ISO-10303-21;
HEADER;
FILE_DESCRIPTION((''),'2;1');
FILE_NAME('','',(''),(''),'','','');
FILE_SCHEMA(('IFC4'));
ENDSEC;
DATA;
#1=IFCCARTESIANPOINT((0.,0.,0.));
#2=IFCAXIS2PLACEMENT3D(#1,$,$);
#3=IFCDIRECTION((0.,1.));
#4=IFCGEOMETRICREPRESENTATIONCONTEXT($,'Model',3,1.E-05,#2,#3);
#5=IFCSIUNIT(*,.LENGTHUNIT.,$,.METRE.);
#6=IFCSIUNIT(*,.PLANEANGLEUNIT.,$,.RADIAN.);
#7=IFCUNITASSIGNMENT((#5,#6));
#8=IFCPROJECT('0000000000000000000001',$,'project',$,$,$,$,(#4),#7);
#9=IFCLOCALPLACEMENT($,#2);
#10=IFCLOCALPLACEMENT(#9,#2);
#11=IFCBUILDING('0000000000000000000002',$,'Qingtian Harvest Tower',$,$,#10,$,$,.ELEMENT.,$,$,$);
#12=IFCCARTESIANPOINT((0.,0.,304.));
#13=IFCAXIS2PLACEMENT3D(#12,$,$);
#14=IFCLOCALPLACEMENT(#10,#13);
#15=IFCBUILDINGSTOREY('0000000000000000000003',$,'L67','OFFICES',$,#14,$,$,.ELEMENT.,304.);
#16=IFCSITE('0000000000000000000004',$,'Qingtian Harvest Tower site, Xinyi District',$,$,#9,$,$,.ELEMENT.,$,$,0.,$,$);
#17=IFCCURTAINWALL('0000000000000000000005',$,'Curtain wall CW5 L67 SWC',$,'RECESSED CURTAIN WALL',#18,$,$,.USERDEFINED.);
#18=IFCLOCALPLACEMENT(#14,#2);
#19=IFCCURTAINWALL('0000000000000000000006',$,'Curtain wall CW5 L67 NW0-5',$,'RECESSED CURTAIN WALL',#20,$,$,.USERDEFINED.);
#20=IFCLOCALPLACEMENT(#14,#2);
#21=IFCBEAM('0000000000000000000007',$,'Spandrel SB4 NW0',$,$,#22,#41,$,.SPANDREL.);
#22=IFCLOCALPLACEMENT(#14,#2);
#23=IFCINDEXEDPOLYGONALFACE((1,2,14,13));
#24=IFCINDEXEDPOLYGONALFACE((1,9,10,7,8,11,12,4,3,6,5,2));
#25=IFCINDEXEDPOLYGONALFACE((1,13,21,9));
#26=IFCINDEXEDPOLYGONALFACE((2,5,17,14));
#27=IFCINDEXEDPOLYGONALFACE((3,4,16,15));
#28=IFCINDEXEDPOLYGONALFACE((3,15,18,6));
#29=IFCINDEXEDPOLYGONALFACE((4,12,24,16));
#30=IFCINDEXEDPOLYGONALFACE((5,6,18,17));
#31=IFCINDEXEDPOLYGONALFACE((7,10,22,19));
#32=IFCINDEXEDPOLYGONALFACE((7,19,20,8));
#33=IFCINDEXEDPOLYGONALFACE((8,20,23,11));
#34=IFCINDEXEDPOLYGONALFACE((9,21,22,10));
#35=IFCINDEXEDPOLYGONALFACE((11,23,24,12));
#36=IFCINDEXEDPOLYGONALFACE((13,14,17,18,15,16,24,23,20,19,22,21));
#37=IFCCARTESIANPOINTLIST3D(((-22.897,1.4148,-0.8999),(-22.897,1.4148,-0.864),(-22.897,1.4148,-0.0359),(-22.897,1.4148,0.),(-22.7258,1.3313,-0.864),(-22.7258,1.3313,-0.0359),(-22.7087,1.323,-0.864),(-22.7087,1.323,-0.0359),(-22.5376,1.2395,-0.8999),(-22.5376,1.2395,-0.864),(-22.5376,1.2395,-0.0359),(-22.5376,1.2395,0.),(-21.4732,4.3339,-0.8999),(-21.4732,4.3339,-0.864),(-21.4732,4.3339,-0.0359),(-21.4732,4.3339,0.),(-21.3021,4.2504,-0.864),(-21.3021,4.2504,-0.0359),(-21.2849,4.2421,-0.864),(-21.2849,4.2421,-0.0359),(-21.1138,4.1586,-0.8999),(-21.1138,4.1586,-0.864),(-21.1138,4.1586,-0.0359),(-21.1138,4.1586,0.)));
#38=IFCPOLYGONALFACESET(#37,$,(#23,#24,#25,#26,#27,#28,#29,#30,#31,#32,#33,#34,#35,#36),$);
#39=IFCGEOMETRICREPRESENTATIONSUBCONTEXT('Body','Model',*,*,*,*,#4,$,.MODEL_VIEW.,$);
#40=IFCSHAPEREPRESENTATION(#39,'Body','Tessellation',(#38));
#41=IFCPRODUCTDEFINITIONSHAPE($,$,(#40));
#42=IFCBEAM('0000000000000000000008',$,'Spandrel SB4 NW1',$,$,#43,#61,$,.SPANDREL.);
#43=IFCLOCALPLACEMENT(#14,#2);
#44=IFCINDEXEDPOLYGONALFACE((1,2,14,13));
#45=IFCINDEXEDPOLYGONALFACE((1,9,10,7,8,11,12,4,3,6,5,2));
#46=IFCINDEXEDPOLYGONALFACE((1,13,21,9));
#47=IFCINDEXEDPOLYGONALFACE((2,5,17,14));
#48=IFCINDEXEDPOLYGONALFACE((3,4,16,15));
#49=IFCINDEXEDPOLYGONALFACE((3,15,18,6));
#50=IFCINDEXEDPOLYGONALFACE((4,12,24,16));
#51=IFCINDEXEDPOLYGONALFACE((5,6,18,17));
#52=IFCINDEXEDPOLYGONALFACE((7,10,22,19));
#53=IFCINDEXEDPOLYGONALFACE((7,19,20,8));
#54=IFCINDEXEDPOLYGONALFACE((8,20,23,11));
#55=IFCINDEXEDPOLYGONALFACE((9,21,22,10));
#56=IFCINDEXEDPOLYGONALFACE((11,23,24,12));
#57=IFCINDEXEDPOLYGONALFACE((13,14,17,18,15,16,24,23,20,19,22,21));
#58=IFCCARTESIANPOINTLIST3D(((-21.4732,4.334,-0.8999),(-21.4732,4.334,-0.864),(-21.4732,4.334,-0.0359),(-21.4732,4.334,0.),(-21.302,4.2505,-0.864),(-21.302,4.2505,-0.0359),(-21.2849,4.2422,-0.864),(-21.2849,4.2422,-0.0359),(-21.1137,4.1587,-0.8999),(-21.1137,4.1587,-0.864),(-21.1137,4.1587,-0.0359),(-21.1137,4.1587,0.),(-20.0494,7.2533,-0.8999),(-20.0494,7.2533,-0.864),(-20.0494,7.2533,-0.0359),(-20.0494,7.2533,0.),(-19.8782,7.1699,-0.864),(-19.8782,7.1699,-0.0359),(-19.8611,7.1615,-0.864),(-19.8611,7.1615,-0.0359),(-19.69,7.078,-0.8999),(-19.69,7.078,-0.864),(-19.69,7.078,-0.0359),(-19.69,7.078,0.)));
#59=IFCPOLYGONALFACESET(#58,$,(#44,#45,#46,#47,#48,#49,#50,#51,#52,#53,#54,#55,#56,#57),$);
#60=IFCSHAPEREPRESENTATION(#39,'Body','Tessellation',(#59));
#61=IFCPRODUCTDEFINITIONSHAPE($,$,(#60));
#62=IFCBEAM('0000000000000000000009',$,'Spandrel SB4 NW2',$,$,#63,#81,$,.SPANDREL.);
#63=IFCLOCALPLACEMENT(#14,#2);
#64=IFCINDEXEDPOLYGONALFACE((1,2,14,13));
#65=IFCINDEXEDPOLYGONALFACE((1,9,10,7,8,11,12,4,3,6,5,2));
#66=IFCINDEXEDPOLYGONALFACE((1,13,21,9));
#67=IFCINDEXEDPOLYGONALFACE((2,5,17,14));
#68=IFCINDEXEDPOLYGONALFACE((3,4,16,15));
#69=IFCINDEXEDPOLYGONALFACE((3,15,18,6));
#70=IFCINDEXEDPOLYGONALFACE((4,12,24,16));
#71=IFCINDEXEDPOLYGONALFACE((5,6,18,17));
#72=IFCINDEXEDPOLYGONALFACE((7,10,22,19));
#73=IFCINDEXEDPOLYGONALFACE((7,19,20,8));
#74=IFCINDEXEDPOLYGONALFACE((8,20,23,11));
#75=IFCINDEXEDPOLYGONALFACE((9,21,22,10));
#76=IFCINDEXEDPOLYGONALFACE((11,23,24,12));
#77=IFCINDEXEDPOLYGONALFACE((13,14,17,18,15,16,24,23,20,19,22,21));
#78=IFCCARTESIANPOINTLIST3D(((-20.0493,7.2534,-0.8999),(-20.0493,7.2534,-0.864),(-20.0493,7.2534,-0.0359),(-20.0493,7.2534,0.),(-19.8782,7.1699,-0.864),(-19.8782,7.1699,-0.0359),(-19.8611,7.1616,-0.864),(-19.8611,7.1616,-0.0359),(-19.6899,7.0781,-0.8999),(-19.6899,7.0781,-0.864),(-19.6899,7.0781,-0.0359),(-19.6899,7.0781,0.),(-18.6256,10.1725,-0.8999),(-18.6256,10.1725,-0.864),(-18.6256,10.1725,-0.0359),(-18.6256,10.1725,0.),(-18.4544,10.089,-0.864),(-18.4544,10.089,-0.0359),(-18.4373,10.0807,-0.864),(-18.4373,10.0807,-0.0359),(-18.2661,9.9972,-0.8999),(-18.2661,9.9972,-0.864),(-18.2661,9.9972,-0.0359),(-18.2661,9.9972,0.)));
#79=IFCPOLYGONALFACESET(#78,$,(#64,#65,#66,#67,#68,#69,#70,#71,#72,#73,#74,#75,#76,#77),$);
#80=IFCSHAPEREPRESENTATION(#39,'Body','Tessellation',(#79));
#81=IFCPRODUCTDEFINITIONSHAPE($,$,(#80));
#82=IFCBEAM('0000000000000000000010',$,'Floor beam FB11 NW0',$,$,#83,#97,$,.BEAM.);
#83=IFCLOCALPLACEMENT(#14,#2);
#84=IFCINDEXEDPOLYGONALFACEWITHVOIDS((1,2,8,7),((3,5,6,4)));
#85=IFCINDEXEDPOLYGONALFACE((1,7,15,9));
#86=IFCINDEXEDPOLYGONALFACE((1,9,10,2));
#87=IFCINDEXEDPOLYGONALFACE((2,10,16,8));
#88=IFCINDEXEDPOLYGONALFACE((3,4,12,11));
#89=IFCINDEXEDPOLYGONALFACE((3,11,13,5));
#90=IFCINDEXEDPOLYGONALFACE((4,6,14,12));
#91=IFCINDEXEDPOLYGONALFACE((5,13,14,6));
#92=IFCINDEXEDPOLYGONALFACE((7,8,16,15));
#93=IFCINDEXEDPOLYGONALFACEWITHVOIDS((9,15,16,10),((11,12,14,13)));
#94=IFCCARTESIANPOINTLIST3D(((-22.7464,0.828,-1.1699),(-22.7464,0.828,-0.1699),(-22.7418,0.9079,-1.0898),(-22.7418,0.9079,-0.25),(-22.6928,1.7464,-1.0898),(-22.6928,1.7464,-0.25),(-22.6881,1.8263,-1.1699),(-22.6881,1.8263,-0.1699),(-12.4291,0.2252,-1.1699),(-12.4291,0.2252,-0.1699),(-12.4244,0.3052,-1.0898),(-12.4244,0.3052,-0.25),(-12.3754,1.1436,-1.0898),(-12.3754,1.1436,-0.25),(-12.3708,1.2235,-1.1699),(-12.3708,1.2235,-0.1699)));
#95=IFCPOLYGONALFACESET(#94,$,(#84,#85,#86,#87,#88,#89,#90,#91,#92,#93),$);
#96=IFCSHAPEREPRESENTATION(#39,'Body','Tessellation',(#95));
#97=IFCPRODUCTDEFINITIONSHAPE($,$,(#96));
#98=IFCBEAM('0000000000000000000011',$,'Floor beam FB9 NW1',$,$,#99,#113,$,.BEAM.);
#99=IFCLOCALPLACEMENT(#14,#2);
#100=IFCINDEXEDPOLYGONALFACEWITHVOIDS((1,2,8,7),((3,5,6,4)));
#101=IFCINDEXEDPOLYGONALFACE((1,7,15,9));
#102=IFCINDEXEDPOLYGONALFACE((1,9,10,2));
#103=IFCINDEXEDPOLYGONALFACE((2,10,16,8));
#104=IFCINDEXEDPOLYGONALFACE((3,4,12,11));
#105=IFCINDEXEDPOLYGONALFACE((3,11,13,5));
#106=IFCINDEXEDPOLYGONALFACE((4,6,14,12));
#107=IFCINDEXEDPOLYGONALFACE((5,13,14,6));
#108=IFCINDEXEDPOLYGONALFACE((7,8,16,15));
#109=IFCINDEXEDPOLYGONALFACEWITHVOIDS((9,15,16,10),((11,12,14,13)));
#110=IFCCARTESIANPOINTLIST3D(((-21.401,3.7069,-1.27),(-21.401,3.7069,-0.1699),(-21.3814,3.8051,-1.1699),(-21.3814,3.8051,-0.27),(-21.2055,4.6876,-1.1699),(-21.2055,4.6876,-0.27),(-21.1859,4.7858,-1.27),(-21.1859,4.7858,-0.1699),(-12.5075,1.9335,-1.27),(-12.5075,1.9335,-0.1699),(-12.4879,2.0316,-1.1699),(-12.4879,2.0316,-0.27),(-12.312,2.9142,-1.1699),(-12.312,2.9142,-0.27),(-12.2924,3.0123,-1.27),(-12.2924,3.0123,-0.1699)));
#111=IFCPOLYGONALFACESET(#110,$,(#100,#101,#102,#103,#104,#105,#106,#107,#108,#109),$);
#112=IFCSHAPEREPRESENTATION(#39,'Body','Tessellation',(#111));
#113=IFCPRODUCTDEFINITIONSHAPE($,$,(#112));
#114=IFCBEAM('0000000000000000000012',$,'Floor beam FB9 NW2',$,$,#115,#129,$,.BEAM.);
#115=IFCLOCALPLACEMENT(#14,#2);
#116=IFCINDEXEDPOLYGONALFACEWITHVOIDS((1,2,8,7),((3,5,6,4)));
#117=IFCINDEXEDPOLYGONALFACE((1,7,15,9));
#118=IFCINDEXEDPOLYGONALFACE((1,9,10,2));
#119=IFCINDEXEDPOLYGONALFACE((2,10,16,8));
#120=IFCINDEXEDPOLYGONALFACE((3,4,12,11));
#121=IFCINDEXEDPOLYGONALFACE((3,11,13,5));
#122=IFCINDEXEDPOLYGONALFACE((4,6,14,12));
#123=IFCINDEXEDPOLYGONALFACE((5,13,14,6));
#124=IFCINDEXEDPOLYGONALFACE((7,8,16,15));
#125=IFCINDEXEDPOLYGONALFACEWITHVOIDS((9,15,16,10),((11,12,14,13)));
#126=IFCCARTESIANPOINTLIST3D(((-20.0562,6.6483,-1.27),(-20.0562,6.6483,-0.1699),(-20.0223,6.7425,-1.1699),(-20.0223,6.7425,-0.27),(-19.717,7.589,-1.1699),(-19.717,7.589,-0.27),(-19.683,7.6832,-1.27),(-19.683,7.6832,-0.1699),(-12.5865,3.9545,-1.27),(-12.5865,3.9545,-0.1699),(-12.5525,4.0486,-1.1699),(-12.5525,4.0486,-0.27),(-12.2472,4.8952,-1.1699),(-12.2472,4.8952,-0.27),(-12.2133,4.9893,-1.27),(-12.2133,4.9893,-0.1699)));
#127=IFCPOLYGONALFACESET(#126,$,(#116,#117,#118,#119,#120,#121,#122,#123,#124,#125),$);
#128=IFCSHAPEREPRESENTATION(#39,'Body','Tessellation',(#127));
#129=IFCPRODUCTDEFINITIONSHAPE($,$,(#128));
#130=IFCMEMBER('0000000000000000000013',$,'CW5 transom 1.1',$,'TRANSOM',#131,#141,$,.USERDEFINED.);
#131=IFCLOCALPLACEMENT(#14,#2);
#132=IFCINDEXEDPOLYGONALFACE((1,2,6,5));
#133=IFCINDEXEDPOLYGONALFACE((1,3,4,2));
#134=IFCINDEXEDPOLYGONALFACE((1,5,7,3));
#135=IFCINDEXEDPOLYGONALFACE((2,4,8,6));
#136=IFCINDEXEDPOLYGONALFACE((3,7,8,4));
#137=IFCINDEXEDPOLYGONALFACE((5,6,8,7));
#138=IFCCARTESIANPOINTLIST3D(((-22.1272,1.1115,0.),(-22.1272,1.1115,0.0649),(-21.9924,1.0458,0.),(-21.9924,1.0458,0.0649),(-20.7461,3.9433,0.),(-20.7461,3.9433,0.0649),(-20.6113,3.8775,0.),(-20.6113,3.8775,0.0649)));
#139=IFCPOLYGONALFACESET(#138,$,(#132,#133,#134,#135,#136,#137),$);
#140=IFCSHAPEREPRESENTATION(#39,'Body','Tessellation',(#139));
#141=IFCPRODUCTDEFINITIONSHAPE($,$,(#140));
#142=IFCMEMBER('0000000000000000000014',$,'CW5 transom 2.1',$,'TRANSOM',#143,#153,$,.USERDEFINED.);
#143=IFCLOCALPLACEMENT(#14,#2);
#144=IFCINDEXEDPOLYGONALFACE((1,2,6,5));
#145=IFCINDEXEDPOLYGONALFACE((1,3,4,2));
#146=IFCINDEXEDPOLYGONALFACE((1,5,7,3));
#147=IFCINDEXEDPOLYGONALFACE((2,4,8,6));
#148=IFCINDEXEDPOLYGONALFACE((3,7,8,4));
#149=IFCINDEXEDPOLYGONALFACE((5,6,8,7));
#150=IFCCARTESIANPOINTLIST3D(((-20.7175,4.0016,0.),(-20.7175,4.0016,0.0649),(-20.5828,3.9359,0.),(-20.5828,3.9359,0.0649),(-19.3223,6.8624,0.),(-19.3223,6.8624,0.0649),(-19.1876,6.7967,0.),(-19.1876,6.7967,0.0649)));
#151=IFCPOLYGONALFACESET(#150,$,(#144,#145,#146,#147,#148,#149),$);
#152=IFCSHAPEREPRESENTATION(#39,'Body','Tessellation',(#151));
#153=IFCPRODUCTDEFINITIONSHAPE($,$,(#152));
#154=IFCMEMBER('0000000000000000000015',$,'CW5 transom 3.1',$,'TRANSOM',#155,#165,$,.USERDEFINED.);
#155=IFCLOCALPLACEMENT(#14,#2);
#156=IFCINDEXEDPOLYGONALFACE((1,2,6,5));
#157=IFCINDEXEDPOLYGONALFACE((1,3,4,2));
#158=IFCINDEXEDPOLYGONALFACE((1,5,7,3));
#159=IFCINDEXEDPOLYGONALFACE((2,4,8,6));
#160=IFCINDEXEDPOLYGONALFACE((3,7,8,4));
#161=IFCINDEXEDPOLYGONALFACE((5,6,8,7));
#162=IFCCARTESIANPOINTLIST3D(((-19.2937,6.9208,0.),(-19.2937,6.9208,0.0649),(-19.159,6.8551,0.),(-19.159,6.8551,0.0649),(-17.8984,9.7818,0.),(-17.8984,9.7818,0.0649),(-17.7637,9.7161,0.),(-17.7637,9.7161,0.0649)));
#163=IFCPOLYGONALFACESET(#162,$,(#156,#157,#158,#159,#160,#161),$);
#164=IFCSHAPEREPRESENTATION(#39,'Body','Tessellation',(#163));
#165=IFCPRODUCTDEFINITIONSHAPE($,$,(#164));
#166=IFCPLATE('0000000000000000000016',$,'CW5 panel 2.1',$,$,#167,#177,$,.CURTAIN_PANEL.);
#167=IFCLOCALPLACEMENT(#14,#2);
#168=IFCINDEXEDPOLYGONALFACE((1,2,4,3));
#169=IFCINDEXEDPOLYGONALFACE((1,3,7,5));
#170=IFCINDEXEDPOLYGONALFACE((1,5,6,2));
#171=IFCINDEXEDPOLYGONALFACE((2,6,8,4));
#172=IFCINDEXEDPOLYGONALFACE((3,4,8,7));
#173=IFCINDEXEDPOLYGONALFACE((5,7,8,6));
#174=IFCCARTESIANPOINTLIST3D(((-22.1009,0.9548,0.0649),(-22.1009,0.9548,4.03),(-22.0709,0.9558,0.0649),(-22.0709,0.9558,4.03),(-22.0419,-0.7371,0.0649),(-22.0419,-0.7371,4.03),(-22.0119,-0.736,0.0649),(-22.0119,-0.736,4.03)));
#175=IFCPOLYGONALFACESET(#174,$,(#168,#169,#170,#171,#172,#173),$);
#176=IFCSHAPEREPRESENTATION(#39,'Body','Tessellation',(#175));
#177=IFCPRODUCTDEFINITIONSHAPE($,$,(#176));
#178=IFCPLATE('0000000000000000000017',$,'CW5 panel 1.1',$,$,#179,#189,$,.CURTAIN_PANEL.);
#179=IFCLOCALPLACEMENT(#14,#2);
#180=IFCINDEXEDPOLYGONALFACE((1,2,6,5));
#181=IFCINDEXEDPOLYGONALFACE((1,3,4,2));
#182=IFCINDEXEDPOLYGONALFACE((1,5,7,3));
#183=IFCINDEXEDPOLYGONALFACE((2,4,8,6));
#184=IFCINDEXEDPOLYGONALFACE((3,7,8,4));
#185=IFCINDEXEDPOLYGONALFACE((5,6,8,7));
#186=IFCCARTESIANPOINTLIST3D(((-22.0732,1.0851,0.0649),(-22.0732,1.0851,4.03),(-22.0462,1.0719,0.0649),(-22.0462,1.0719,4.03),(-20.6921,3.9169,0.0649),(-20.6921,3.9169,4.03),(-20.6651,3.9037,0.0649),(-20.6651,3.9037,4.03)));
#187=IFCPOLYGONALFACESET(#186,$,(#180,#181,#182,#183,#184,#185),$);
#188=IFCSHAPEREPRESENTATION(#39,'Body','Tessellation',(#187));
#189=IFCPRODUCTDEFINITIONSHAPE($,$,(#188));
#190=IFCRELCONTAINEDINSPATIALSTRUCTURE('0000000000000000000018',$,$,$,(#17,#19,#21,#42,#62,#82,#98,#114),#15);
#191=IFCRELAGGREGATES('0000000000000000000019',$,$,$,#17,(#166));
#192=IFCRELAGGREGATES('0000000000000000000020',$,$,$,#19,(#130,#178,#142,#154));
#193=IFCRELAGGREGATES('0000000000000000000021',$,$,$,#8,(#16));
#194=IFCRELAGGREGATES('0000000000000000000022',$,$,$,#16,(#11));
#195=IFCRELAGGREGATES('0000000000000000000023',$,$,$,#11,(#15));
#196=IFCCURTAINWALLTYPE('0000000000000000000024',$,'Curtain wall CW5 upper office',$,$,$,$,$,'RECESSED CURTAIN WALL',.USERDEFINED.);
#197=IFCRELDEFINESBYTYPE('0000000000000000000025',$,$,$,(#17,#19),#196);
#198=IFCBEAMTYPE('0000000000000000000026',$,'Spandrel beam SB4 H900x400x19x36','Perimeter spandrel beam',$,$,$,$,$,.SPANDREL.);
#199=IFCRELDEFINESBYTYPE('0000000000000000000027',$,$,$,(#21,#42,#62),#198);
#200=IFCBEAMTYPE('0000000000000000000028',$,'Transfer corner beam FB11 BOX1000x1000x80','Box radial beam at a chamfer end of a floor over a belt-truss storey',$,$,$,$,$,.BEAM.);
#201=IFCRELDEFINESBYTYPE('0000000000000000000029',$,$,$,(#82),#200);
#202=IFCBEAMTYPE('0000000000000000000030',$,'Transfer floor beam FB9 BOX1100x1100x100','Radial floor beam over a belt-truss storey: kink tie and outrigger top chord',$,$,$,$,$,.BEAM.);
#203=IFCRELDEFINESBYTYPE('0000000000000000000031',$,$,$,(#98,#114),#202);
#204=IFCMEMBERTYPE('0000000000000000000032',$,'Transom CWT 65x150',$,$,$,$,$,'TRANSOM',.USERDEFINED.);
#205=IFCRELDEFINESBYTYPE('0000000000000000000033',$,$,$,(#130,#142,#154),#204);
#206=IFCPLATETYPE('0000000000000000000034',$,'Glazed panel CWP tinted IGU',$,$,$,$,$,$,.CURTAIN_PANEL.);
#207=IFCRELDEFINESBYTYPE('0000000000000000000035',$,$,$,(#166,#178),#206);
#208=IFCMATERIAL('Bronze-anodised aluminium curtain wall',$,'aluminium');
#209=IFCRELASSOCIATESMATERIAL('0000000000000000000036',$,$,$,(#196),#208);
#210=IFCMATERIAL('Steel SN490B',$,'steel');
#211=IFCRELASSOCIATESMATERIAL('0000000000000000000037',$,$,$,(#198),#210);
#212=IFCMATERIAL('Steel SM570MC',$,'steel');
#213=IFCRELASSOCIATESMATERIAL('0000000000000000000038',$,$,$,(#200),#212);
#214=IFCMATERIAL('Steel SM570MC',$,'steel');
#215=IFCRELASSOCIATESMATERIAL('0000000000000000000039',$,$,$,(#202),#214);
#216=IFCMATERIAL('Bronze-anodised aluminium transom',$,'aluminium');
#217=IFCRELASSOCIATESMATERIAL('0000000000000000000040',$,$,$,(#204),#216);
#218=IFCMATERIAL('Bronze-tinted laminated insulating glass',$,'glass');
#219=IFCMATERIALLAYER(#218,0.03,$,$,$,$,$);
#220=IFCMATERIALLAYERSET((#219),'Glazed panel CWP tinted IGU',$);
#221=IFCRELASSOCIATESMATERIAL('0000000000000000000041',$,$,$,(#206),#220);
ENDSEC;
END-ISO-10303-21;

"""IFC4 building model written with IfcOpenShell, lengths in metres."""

from ifc_helpers import new_model, si_unit, direction, frame, origin, origin_2d, place, context, subcontext, project, spatial, rectangle, hollow_rectangle, i_section, extrude, material, layer, layer_set, material_profile, profile_set, type_object, element, aggregate, save


model = new_model("IFC4")

# Units and contexts
model_context = context("Model", 3, precision=1e-05, world=origin(), true_north=direction((0.0, 1.0)))
body_context = subcontext(model_context, "Body", "Model", "MODEL_VIEW")
ifc_project = project(units=[si_unit("LENGTHUNIT", "METRE"), si_unit("PLANEANGLEUNIT", "RADIAN")], contexts=[model_context])

# Site, building, storey
site_placement = place(None, origin())
site = spatial("IfcSite", under=ifc_project, at=site_placement, Name="Qingtian Harvest Tower site, Xinyi District", CompositionType="ELEMENT", RefElevation=0.0)
building_placement = place(site_placement, origin())
building = spatial("IfcBuilding", under=site, at=building_placement, Name="Qingtian Harvest Tower", CompositionType="ELEMENT")
storey_placement = place(building_placement, frame((0.0, 0.0, 304.0)))
storey = spatial("IfcBuildingStorey", under=building, at=storey_placement, Name="L67", Description="OFFICES", CompositionType="ELEMENT", Elevation=304.0)

# Curtain wall
ifc_material_1 = material(Name="Bronze-anodised aluminium curtain wall", Category="aluminium")
curtain_wall_type = type_object("IfcCurtainWallType", Name="Curtain wall CW5 upper office", ElementType="RECESSED CURTAIN WALL", PredefinedType="USERDEFINED", material=ifc_material_1)
curtain_wall_1_placement = place(storey_placement, origin())
curtain_wall_1 = element("IfcCurtainWall", 1, at=curtain_wall_1_placement, inside=storey, type_object=curtain_wall_type, Name="Curtain wall CW5 L67 SWC", ObjectType="RECESSED CURTAIN WALL", PredefinedType="USERDEFINED")

# Curtain wall
curtain_wall_2_placement = place(storey_placement, origin())
curtain_wall_2 = element("IfcCurtainWall", 2, at=curtain_wall_2_placement, inside=storey, type_object=curtain_wall_type, Name="Curtain wall CW5 L67 NW0-5", ObjectType="RECESSED CURTAIN WALL", PredefinedType="USERDEFINED")

# Beams
ifc_material_2 = material(Name="Steel SN490B", Category="steel")
ifc_material_profile_1 = material_profile(ifc_material_2, i_section(OverallWidth=0.3999, OverallDepth=0.8999, WebThickness=0.019, FlangeThickness=0.0359, at=origin_2d()), Name="H900x400x19x36")
ifc_profile_set_1 = profile_set([ifc_material_profile_1], Name="Steel SN490B")
beam_type_1 = type_object("IfcBeamType", Name="Spandrel beam SB4 H900x400x19x36", Description="Perimeter spandrel beam", PredefinedType="SPANDREL", material=ifc_profile_set_1)
beam_1_placement = place(storey_placement, frame((-22.7173, 1.3271, -0.45), z_axis=(0.438382, 0.898789, 0.0), x_axis=(-0.898789, 0.438382, 0.0)))
element("IfcBeam", 3, at=beam_1_placement, inside=storey, type_object=beam_type_1, Name="Spandrel SB4 NW0", PredefinedType="SPANDREL", context=body_context, shape_type="SweptSolid", body=[
    extrude(i_section(OverallWidth=0.3999, OverallDepth=0.8999, WebThickness=0.019, FlangeThickness=0.0359, at=origin_2d()), origin(), (0.0, 0.0, 1.0), 3.2478),
])
beam_2_placement = place(storey_placement, frame((-21.2935, 4.2463, -0.45), z_axis=(0.438353, 0.898803, 0.0), x_axis=(-0.898803, 0.438353, 0.0)))
element("IfcBeam", 4, at=beam_2_placement, inside=storey, type_object=beam_type_1, Name="Spandrel SB4 NW1", PredefinedType="SPANDREL", context=body_context, shape_type="SweptSolid", body=[
    extrude(i_section(OverallWidth=0.3999, OverallDepth=0.8999, WebThickness=0.019, FlangeThickness=0.0359, at=origin_2d()), origin(), (0.0, 0.0, 1.0), 3.248),
])
beam_3_placement = place(storey_placement, frame((-19.8696, 7.1658, -0.45), z_axis=(0.438382, 0.898789, 0.0), x_axis=(-0.898789, 0.438382, 0.0)))
element("IfcBeam", 5, at=beam_3_placement, inside=storey, type_object=beam_type_1, Name="Spandrel SB4 NW2", PredefinedType="SPANDREL", context=body_context, shape_type="SweptSolid", body=[
    extrude(i_section(OverallWidth=0.3999, OverallDepth=0.8999, WebThickness=0.019, FlangeThickness=0.0359, at=origin_2d()), origin(), (0.0, 0.0, 1.0), 3.2478),
])
ifc_material_3 = material(Name="Steel SM570MC", Category="steel")
ifc_material_profile_2 = material_profile(ifc_material_3, hollow_rectangle(XDim=1.0, YDim=1.0, WallThickness=0.0801, at=origin_2d()), Name="BOX1000x1000x80")
ifc_profile_set_2 = profile_set([ifc_material_profile_2], Name="Steel SM570MC")
beam_type_2 = type_object("IfcBeamType", Name="Transfer corner beam FB11 BOX1000x1000x80", Description="Box radial beam at a chamfer end of a floor over a belt-truss storey", PredefinedType="BEAM", material=ifc_profile_set_2)
beam_4_placement = place(storey_placement, frame((-22.7173, 1.3271, -0.6699), z_axis=(0.998298, -0.058325, 0.0), x_axis=(0.058325, 0.998298, 0.0)))
element("IfcBeam", 6, at=beam_4_placement, inside=storey, type_object=beam_type_2, Name="Floor beam FB11 NW0", PredefinedType="BEAM", context=body_context, shape_type="SweptSolid", body=[
    extrude(hollow_rectangle(XDim=1.0, YDim=1.0, WallThickness=0.0801, at=origin_2d()), origin(), (0.0, 0.0, 1.0), 10.335),
])
ifc_material_4 = material(Name="Steel SM570MC", Category="steel")
ifc_material_profile_3 = material_profile(ifc_material_4, hollow_rectangle(XDim=1.1001, YDim=1.1001, WallThickness=0.1001, at=origin_2d()), Name="BOX1100x1100x100")
ifc_profile_set_3 = profile_set([ifc_material_profile_3], Name="Steel SM570MC")
beam_type_3 = type_object("IfcBeamType", Name="Transfer floor beam FB9 BOX1100x1100x100", Description="Radial floor beam over a belt-truss storey: kink tie and outrigger top chord", PredefinedType="BEAM", material=ifc_profile_set_3)
beam_5_placement = place(storey_placement, frame((-21.2935, 4.2463, -0.72), z_axis=(0.980692, -0.195557, 0.0), x_axis=(0.195557, 0.980692, 0.0)))
element("IfcBeam", 7, at=beam_5_placement, inside=storey, type_object=beam_type_3, Name="Floor beam FB9 NW1", PredefinedType="BEAM", context=body_context, shape_type="SweptSolid", body=[
    extrude(hollow_rectangle(XDim=1.1001, YDim=1.1001, WallThickness=0.1001, at=origin_2d()), origin(), (0.0, 0.0, 1.0), 9.0686),
])
beam_6_placement = place(storey_placement, frame((-19.8696, 7.1658, -0.72), z_axis=(0.940697, -0.339249, 0.0), x_axis=(0.339249, 0.940697, 0.0)))
element("IfcBeam", 8, at=beam_6_placement, inside=storey, type_object=beam_type_3, Name="Floor beam FB9 NW2", PredefinedType="BEAM", context=body_context, shape_type="SweptSolid", body=[
    extrude(hollow_rectangle(XDim=1.1001, YDim=1.1001, WallThickness=0.1001, at=origin_2d()), origin(), (0.0, 0.0, 1.0), 7.9407),
])

# Members
ifc_material_5 = material(Name="Bronze-anodised aluminium transom", Category="aluminium")
ifc_material_profile_4 = material_profile(ifc_material_5, rectangle(XDim=0.1499, YDim=0.0649, at=origin_2d()), Name="AL 65x150")
ifc_profile_set_4 = profile_set([ifc_material_profile_4], Name="Bronze-anodised aluminium transom")
member_type_1 = type_object("IfcMemberType", Name="Transom CWT 65x150", ElementType="TRANSOM", PredefinedType="USERDEFINED", material=ifc_profile_set_4)
member_1_placement = place(storey_placement, frame((-22.0598, 1.0786, 0.0325), z_axis=(0.438358, 0.8988, 0.0), x_axis=(-0.8988, 0.438358, 0.0)))
member_1 = element("IfcMember", 9, at=member_1_placement, type_object=member_type_1, Name="CW5 transom 1.1", ObjectType="TRANSOM", PredefinedType="USERDEFINED", context=body_context, shape_type="SweptSolid", body=[
    extrude(rectangle(XDim=0.1499, YDim=0.0649, at=origin_2d()), origin(), (0.0, 0.0, 1.0), 3.1506),
])
member_2_placement = place(storey_placement, frame((-20.6501, 3.9688, 0.0325), z_axis=(0.438356, 0.898802, 0.0), x_axis=(-0.898802, 0.438356, 0.0)))
member_2 = element("IfcMember", 10, at=member_2_placement, type_object=member_type_1, Name="CW5 transom 2.1", ObjectType="TRANSOM", PredefinedType="USERDEFINED", context=body_context, shape_type="SweptSolid", body=[
    extrude(rectangle(XDim=0.1499, YDim=0.0649, at=origin_2d()), origin(), (0.0, 0.0, 1.0), 3.1829),
])
member_3_placement = place(storey_placement, frame((-19.2263, 6.8879, 0.0325), z_axis=(0.438325, 0.898816, 0.0), x_axis=(-0.898816, 0.438325, 0.0)))
member_3 = element("IfcMember", 11, at=member_3_placement, type_object=member_type_1, Name="CW5 transom 3.1", ObjectType="TRANSOM", PredefinedType="USERDEFINED", context=body_context, shape_type="SweptSolid", body=[
    extrude(rectangle(XDim=0.1499, YDim=0.0649, at=origin_2d()), origin(), (0.0, 0.0, 1.0), 3.1831),
])

# Plates
ifc_material_6 = material(Name="Bronze-tinted laminated insulating glass", Category="glass")
ifc_layer_1 = layer(ifc_material_6, 0.03)
ifc_layer_set_1 = layer_set([ifc_layer_1], Name="Glazed panel CWP tinted IGU")
plate_type = type_object("IfcPlateType", Name="Glazed panel CWP tinted IGU", PredefinedType="CURTAIN_PANEL", material=ifc_layer_set_1)
plate_1_placement = place(storey_placement, frame((-22.0564, 0.1094, 0.0649), z_axis=(0.0, 0.0, 1.0), x_axis=(-0.034899, 0.999391, 0.0)))
plate_1 = element("IfcPlate", 12, at=plate_1_placement, type_object=plate_type, Name="CW5 panel 2.1", PredefinedType="CURTAIN_PANEL", context=body_context, shape_type="SweptSolid", body=[
    extrude(rectangle(XDim=1.6929, YDim=0.03, at=origin_2d()), origin(), (0.0, 0.0, 1.0), 3.9651),
])
aggregate(curtain_wall_1, [plate_1])
plate_2_placement = place(storey_placement, frame((-21.3691, 2.4944, 0.0649), z_axis=(0.0, 0.0, 1.0), x_axis=(0.438371, 0.898794, 0.0)))
plate_2 = element("IfcPlate", 13, at=plate_2_placement, type_object=plate_type, Name="CW5 panel 1.1", PredefinedType="CURTAIN_PANEL", context=body_context, shape_type="SweptSolid", body=[
    extrude(rectangle(XDim=3.1506, YDim=0.03, at=origin_2d()), origin(), (0.0, 0.0, 1.0), 3.9651),
])
aggregate(curtain_wall_2, [member_1, plate_2, member_2, member_3])

save(model, "model.ifc")
